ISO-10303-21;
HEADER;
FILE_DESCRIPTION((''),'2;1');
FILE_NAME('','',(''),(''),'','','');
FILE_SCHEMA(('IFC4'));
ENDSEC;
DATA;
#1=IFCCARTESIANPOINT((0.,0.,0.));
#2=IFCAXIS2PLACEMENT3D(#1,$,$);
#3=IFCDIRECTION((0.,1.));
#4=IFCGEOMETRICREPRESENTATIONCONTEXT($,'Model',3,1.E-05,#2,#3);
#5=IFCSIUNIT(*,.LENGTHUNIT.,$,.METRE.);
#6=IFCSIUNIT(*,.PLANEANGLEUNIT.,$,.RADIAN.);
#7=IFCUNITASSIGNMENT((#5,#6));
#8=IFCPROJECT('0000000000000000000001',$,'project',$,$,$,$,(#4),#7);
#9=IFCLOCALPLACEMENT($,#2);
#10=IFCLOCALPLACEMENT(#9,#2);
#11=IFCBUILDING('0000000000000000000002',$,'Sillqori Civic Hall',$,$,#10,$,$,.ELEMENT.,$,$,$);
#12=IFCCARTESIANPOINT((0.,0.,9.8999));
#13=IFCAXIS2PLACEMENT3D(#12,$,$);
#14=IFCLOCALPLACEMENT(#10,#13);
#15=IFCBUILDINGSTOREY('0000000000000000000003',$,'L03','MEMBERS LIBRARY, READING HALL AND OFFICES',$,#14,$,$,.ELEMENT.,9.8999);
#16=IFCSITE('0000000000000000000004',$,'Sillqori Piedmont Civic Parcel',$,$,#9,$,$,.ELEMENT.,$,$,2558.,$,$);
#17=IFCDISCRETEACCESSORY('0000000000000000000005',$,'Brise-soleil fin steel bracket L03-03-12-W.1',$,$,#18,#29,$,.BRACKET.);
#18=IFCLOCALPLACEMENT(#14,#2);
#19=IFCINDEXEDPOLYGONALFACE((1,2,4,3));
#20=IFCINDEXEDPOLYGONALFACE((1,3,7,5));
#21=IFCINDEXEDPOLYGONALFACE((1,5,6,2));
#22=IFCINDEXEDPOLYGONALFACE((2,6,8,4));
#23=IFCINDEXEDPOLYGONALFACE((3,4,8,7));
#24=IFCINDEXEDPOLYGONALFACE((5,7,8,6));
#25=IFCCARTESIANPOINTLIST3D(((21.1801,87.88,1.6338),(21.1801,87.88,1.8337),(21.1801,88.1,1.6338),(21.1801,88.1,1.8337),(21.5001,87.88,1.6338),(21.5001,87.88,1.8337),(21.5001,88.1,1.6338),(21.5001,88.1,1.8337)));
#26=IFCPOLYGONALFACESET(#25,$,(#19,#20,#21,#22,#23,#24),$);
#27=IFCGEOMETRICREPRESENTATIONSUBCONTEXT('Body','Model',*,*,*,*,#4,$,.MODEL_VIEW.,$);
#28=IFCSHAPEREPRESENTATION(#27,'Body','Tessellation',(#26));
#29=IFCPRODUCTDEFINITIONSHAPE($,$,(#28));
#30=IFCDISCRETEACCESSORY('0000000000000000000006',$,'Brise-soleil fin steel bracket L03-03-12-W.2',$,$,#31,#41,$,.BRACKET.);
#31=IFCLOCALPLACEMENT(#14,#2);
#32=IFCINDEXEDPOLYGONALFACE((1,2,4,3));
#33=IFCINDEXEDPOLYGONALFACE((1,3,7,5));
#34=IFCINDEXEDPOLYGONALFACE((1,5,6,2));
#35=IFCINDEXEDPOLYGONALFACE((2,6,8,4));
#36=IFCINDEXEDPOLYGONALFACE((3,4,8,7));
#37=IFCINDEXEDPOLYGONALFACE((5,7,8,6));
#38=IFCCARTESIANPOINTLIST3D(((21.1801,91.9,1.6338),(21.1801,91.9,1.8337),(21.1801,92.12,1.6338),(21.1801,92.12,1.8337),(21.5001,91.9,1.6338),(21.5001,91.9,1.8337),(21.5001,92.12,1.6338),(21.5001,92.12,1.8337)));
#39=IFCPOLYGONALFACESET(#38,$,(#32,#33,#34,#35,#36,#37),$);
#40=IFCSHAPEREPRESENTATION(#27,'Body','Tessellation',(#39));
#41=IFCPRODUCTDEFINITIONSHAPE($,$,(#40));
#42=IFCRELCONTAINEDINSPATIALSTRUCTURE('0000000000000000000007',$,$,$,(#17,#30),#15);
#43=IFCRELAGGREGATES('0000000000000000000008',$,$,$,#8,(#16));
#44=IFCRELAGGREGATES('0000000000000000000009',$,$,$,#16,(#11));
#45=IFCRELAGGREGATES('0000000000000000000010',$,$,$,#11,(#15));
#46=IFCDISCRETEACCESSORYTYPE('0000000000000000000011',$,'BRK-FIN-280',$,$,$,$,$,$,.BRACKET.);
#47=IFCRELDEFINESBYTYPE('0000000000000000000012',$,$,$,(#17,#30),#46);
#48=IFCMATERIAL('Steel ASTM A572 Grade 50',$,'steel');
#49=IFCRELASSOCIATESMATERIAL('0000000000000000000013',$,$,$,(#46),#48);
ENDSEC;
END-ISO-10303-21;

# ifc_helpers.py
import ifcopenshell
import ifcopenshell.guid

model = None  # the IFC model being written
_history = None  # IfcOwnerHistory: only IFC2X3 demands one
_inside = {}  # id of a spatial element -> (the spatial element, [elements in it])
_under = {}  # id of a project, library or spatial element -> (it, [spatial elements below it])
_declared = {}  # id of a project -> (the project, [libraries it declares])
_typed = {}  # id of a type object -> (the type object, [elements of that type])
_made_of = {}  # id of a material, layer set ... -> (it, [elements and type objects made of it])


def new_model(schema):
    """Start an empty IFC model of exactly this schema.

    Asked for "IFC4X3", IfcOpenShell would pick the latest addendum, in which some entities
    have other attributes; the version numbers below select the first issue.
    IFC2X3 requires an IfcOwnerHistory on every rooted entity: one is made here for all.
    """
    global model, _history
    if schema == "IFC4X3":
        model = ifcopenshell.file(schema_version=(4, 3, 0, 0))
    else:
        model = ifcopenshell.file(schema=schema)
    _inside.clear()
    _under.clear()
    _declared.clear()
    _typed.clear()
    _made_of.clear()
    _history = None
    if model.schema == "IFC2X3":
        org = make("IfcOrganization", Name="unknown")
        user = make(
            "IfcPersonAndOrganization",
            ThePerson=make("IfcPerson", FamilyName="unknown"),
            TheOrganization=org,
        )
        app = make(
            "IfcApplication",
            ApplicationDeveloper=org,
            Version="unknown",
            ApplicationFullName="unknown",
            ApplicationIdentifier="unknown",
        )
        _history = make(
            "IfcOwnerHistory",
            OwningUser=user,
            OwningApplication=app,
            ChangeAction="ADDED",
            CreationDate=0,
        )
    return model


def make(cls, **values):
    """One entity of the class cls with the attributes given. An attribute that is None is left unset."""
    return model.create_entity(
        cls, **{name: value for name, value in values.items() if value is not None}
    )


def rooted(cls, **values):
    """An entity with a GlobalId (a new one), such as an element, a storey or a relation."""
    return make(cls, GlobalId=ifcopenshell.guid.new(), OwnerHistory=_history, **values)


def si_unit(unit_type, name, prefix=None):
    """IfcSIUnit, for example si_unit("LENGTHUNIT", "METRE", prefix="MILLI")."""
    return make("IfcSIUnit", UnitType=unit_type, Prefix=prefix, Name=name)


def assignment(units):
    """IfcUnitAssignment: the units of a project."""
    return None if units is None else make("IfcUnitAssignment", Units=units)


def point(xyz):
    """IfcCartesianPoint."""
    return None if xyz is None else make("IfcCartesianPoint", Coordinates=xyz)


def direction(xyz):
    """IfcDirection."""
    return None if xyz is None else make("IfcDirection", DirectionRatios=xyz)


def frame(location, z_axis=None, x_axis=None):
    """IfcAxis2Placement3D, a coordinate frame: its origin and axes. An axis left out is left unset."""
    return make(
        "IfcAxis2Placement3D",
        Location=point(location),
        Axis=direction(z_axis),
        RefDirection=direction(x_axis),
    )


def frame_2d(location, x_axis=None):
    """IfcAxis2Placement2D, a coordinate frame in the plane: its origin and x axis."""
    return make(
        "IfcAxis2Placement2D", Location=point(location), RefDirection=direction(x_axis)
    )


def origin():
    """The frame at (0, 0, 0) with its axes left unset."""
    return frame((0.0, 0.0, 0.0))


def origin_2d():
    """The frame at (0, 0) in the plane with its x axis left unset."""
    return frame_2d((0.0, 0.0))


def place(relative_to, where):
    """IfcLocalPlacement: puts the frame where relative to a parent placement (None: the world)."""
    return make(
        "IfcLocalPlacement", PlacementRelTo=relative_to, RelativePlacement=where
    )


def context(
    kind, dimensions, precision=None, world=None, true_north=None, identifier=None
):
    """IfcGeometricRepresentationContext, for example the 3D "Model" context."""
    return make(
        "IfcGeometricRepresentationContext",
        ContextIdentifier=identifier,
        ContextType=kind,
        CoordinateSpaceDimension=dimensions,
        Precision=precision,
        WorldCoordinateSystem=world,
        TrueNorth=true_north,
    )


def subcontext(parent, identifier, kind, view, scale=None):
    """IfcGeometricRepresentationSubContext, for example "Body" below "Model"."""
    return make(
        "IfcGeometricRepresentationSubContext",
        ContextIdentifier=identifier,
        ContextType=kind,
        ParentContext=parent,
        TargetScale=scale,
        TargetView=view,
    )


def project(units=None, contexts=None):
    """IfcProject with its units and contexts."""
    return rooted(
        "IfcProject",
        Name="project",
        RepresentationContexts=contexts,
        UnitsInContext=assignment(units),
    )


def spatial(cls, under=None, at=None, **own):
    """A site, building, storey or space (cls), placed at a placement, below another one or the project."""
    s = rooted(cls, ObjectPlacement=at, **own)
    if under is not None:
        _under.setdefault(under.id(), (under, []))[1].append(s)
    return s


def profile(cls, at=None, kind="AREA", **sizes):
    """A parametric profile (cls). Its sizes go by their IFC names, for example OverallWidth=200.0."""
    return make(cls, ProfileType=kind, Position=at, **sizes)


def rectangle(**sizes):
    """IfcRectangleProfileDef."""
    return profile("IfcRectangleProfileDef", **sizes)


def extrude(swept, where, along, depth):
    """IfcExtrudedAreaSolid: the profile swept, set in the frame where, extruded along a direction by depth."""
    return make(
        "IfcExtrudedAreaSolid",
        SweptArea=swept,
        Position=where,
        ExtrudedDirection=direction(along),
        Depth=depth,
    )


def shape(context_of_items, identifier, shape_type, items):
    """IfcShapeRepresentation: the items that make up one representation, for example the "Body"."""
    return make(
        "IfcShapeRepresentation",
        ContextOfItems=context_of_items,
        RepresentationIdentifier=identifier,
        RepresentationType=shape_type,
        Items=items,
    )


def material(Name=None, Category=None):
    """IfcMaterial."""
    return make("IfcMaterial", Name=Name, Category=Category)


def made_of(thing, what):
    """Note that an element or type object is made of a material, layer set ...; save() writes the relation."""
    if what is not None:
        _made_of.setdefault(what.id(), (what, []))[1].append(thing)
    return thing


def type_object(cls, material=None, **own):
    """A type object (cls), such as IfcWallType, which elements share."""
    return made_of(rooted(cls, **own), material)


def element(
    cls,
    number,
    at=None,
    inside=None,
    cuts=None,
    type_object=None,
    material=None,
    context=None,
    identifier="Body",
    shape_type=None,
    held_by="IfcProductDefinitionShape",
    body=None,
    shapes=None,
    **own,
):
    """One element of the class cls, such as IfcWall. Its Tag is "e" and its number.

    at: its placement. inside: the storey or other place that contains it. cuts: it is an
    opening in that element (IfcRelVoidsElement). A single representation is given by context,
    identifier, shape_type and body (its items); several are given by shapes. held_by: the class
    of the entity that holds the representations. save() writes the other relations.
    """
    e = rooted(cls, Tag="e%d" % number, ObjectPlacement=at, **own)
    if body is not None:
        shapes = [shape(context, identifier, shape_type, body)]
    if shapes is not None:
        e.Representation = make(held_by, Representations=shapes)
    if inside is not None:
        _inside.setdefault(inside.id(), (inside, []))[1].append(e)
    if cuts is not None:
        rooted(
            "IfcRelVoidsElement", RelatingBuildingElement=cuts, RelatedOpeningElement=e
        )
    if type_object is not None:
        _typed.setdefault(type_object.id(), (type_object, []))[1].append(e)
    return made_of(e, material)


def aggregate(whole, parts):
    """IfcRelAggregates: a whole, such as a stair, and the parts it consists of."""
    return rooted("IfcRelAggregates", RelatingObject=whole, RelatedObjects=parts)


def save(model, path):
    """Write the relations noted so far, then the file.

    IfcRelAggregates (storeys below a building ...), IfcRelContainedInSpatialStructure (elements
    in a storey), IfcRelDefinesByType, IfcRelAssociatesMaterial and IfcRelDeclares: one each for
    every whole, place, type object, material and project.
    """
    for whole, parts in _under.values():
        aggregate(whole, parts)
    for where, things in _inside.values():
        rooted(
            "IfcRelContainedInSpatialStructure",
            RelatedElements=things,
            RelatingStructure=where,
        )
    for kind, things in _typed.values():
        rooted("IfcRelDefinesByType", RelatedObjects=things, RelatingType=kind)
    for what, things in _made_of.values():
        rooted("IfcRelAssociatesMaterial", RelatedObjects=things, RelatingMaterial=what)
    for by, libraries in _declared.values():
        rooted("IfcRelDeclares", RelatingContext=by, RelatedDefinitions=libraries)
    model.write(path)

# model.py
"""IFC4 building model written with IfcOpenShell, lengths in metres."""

from ifc_helpers import new_model, si_unit, direction, frame, origin, origin_2d, place, context, subcontext, project, spatial, rectangle, extrude, material, type_object, element, save


model = new_model("IFC4")

# Units and contexts
model_context = context("Model", 3, precision=1e-05, world=origin(), true_north=direction((0.0, 1.0)))
body_context = subcontext(model_context, "Body", "Model", "MODEL_VIEW")
ifc_project = project(units=[si_unit("LENGTHUNIT", "METRE"), si_unit("PLANEANGLEUNIT", "RADIAN")], contexts=[model_context])

# Site, building, storey
site_placement = place(None, origin())
site = spatial("IfcSite", under=ifc_project, at=site_placement, Name="Sillqori Piedmont Civic Parcel", CompositionType="ELEMENT", RefElevation=2558.0)
building_placement = place(site_placement, origin())
building = spatial("IfcBuilding", under=site, at=building_placement, Name="Sillqori Civic Hall", CompositionType="ELEMENT")
storey_placement = place(building_placement, frame((0.0, 0.0, 9.8999)))
storey = spatial("IfcBuildingStorey", under=building, at=storey_placement, Name="L03", Description="MEMBERS LIBRARY, READING HALL AND OFFICES", CompositionType="ELEMENT", Elevation=9.8999)

# Discrete accessories
ifc_material_1 = material(Name="Steel ASTM A572 Grade 50", Category="steel")
discrete_accessory_type = type_object("IfcDiscreteAccessoryType", Name="BRK-FIN-280", PredefinedType="BRACKET", material=ifc_material_1)
for number, where, z_axis, x_axis, name in (
    (1, (21.3401, 87.99, 1.6338), (0.0, 0.0, 1.0), (0.0, 1.0, 0.0), "Brise-soleil fin steel bracket L03-03-12-W.1"),
    (2, (21.3401, 92.01, 1.6338), (0.0, 0.0, 1.0), (0.0, 1.0, 0.0), "Brise-soleil fin steel bracket L03-03-12-W.2"),
):
    element("IfcDiscreteAccessory", number, at=place(storey_placement, frame(where, z_axis=z_axis, x_axis=x_axis)), inside=storey, type_object=discrete_accessory_type, Name=name, PredefinedType="BRACKET", context=body_context, shape_type="SweptSolid", body=[
        extrude(rectangle(XDim=0.22, YDim=0.3201, at=origin_2d()), origin(), (0.0, 0.0, 1.0), 0.2),
    ])

save(model, "model.ifc")
